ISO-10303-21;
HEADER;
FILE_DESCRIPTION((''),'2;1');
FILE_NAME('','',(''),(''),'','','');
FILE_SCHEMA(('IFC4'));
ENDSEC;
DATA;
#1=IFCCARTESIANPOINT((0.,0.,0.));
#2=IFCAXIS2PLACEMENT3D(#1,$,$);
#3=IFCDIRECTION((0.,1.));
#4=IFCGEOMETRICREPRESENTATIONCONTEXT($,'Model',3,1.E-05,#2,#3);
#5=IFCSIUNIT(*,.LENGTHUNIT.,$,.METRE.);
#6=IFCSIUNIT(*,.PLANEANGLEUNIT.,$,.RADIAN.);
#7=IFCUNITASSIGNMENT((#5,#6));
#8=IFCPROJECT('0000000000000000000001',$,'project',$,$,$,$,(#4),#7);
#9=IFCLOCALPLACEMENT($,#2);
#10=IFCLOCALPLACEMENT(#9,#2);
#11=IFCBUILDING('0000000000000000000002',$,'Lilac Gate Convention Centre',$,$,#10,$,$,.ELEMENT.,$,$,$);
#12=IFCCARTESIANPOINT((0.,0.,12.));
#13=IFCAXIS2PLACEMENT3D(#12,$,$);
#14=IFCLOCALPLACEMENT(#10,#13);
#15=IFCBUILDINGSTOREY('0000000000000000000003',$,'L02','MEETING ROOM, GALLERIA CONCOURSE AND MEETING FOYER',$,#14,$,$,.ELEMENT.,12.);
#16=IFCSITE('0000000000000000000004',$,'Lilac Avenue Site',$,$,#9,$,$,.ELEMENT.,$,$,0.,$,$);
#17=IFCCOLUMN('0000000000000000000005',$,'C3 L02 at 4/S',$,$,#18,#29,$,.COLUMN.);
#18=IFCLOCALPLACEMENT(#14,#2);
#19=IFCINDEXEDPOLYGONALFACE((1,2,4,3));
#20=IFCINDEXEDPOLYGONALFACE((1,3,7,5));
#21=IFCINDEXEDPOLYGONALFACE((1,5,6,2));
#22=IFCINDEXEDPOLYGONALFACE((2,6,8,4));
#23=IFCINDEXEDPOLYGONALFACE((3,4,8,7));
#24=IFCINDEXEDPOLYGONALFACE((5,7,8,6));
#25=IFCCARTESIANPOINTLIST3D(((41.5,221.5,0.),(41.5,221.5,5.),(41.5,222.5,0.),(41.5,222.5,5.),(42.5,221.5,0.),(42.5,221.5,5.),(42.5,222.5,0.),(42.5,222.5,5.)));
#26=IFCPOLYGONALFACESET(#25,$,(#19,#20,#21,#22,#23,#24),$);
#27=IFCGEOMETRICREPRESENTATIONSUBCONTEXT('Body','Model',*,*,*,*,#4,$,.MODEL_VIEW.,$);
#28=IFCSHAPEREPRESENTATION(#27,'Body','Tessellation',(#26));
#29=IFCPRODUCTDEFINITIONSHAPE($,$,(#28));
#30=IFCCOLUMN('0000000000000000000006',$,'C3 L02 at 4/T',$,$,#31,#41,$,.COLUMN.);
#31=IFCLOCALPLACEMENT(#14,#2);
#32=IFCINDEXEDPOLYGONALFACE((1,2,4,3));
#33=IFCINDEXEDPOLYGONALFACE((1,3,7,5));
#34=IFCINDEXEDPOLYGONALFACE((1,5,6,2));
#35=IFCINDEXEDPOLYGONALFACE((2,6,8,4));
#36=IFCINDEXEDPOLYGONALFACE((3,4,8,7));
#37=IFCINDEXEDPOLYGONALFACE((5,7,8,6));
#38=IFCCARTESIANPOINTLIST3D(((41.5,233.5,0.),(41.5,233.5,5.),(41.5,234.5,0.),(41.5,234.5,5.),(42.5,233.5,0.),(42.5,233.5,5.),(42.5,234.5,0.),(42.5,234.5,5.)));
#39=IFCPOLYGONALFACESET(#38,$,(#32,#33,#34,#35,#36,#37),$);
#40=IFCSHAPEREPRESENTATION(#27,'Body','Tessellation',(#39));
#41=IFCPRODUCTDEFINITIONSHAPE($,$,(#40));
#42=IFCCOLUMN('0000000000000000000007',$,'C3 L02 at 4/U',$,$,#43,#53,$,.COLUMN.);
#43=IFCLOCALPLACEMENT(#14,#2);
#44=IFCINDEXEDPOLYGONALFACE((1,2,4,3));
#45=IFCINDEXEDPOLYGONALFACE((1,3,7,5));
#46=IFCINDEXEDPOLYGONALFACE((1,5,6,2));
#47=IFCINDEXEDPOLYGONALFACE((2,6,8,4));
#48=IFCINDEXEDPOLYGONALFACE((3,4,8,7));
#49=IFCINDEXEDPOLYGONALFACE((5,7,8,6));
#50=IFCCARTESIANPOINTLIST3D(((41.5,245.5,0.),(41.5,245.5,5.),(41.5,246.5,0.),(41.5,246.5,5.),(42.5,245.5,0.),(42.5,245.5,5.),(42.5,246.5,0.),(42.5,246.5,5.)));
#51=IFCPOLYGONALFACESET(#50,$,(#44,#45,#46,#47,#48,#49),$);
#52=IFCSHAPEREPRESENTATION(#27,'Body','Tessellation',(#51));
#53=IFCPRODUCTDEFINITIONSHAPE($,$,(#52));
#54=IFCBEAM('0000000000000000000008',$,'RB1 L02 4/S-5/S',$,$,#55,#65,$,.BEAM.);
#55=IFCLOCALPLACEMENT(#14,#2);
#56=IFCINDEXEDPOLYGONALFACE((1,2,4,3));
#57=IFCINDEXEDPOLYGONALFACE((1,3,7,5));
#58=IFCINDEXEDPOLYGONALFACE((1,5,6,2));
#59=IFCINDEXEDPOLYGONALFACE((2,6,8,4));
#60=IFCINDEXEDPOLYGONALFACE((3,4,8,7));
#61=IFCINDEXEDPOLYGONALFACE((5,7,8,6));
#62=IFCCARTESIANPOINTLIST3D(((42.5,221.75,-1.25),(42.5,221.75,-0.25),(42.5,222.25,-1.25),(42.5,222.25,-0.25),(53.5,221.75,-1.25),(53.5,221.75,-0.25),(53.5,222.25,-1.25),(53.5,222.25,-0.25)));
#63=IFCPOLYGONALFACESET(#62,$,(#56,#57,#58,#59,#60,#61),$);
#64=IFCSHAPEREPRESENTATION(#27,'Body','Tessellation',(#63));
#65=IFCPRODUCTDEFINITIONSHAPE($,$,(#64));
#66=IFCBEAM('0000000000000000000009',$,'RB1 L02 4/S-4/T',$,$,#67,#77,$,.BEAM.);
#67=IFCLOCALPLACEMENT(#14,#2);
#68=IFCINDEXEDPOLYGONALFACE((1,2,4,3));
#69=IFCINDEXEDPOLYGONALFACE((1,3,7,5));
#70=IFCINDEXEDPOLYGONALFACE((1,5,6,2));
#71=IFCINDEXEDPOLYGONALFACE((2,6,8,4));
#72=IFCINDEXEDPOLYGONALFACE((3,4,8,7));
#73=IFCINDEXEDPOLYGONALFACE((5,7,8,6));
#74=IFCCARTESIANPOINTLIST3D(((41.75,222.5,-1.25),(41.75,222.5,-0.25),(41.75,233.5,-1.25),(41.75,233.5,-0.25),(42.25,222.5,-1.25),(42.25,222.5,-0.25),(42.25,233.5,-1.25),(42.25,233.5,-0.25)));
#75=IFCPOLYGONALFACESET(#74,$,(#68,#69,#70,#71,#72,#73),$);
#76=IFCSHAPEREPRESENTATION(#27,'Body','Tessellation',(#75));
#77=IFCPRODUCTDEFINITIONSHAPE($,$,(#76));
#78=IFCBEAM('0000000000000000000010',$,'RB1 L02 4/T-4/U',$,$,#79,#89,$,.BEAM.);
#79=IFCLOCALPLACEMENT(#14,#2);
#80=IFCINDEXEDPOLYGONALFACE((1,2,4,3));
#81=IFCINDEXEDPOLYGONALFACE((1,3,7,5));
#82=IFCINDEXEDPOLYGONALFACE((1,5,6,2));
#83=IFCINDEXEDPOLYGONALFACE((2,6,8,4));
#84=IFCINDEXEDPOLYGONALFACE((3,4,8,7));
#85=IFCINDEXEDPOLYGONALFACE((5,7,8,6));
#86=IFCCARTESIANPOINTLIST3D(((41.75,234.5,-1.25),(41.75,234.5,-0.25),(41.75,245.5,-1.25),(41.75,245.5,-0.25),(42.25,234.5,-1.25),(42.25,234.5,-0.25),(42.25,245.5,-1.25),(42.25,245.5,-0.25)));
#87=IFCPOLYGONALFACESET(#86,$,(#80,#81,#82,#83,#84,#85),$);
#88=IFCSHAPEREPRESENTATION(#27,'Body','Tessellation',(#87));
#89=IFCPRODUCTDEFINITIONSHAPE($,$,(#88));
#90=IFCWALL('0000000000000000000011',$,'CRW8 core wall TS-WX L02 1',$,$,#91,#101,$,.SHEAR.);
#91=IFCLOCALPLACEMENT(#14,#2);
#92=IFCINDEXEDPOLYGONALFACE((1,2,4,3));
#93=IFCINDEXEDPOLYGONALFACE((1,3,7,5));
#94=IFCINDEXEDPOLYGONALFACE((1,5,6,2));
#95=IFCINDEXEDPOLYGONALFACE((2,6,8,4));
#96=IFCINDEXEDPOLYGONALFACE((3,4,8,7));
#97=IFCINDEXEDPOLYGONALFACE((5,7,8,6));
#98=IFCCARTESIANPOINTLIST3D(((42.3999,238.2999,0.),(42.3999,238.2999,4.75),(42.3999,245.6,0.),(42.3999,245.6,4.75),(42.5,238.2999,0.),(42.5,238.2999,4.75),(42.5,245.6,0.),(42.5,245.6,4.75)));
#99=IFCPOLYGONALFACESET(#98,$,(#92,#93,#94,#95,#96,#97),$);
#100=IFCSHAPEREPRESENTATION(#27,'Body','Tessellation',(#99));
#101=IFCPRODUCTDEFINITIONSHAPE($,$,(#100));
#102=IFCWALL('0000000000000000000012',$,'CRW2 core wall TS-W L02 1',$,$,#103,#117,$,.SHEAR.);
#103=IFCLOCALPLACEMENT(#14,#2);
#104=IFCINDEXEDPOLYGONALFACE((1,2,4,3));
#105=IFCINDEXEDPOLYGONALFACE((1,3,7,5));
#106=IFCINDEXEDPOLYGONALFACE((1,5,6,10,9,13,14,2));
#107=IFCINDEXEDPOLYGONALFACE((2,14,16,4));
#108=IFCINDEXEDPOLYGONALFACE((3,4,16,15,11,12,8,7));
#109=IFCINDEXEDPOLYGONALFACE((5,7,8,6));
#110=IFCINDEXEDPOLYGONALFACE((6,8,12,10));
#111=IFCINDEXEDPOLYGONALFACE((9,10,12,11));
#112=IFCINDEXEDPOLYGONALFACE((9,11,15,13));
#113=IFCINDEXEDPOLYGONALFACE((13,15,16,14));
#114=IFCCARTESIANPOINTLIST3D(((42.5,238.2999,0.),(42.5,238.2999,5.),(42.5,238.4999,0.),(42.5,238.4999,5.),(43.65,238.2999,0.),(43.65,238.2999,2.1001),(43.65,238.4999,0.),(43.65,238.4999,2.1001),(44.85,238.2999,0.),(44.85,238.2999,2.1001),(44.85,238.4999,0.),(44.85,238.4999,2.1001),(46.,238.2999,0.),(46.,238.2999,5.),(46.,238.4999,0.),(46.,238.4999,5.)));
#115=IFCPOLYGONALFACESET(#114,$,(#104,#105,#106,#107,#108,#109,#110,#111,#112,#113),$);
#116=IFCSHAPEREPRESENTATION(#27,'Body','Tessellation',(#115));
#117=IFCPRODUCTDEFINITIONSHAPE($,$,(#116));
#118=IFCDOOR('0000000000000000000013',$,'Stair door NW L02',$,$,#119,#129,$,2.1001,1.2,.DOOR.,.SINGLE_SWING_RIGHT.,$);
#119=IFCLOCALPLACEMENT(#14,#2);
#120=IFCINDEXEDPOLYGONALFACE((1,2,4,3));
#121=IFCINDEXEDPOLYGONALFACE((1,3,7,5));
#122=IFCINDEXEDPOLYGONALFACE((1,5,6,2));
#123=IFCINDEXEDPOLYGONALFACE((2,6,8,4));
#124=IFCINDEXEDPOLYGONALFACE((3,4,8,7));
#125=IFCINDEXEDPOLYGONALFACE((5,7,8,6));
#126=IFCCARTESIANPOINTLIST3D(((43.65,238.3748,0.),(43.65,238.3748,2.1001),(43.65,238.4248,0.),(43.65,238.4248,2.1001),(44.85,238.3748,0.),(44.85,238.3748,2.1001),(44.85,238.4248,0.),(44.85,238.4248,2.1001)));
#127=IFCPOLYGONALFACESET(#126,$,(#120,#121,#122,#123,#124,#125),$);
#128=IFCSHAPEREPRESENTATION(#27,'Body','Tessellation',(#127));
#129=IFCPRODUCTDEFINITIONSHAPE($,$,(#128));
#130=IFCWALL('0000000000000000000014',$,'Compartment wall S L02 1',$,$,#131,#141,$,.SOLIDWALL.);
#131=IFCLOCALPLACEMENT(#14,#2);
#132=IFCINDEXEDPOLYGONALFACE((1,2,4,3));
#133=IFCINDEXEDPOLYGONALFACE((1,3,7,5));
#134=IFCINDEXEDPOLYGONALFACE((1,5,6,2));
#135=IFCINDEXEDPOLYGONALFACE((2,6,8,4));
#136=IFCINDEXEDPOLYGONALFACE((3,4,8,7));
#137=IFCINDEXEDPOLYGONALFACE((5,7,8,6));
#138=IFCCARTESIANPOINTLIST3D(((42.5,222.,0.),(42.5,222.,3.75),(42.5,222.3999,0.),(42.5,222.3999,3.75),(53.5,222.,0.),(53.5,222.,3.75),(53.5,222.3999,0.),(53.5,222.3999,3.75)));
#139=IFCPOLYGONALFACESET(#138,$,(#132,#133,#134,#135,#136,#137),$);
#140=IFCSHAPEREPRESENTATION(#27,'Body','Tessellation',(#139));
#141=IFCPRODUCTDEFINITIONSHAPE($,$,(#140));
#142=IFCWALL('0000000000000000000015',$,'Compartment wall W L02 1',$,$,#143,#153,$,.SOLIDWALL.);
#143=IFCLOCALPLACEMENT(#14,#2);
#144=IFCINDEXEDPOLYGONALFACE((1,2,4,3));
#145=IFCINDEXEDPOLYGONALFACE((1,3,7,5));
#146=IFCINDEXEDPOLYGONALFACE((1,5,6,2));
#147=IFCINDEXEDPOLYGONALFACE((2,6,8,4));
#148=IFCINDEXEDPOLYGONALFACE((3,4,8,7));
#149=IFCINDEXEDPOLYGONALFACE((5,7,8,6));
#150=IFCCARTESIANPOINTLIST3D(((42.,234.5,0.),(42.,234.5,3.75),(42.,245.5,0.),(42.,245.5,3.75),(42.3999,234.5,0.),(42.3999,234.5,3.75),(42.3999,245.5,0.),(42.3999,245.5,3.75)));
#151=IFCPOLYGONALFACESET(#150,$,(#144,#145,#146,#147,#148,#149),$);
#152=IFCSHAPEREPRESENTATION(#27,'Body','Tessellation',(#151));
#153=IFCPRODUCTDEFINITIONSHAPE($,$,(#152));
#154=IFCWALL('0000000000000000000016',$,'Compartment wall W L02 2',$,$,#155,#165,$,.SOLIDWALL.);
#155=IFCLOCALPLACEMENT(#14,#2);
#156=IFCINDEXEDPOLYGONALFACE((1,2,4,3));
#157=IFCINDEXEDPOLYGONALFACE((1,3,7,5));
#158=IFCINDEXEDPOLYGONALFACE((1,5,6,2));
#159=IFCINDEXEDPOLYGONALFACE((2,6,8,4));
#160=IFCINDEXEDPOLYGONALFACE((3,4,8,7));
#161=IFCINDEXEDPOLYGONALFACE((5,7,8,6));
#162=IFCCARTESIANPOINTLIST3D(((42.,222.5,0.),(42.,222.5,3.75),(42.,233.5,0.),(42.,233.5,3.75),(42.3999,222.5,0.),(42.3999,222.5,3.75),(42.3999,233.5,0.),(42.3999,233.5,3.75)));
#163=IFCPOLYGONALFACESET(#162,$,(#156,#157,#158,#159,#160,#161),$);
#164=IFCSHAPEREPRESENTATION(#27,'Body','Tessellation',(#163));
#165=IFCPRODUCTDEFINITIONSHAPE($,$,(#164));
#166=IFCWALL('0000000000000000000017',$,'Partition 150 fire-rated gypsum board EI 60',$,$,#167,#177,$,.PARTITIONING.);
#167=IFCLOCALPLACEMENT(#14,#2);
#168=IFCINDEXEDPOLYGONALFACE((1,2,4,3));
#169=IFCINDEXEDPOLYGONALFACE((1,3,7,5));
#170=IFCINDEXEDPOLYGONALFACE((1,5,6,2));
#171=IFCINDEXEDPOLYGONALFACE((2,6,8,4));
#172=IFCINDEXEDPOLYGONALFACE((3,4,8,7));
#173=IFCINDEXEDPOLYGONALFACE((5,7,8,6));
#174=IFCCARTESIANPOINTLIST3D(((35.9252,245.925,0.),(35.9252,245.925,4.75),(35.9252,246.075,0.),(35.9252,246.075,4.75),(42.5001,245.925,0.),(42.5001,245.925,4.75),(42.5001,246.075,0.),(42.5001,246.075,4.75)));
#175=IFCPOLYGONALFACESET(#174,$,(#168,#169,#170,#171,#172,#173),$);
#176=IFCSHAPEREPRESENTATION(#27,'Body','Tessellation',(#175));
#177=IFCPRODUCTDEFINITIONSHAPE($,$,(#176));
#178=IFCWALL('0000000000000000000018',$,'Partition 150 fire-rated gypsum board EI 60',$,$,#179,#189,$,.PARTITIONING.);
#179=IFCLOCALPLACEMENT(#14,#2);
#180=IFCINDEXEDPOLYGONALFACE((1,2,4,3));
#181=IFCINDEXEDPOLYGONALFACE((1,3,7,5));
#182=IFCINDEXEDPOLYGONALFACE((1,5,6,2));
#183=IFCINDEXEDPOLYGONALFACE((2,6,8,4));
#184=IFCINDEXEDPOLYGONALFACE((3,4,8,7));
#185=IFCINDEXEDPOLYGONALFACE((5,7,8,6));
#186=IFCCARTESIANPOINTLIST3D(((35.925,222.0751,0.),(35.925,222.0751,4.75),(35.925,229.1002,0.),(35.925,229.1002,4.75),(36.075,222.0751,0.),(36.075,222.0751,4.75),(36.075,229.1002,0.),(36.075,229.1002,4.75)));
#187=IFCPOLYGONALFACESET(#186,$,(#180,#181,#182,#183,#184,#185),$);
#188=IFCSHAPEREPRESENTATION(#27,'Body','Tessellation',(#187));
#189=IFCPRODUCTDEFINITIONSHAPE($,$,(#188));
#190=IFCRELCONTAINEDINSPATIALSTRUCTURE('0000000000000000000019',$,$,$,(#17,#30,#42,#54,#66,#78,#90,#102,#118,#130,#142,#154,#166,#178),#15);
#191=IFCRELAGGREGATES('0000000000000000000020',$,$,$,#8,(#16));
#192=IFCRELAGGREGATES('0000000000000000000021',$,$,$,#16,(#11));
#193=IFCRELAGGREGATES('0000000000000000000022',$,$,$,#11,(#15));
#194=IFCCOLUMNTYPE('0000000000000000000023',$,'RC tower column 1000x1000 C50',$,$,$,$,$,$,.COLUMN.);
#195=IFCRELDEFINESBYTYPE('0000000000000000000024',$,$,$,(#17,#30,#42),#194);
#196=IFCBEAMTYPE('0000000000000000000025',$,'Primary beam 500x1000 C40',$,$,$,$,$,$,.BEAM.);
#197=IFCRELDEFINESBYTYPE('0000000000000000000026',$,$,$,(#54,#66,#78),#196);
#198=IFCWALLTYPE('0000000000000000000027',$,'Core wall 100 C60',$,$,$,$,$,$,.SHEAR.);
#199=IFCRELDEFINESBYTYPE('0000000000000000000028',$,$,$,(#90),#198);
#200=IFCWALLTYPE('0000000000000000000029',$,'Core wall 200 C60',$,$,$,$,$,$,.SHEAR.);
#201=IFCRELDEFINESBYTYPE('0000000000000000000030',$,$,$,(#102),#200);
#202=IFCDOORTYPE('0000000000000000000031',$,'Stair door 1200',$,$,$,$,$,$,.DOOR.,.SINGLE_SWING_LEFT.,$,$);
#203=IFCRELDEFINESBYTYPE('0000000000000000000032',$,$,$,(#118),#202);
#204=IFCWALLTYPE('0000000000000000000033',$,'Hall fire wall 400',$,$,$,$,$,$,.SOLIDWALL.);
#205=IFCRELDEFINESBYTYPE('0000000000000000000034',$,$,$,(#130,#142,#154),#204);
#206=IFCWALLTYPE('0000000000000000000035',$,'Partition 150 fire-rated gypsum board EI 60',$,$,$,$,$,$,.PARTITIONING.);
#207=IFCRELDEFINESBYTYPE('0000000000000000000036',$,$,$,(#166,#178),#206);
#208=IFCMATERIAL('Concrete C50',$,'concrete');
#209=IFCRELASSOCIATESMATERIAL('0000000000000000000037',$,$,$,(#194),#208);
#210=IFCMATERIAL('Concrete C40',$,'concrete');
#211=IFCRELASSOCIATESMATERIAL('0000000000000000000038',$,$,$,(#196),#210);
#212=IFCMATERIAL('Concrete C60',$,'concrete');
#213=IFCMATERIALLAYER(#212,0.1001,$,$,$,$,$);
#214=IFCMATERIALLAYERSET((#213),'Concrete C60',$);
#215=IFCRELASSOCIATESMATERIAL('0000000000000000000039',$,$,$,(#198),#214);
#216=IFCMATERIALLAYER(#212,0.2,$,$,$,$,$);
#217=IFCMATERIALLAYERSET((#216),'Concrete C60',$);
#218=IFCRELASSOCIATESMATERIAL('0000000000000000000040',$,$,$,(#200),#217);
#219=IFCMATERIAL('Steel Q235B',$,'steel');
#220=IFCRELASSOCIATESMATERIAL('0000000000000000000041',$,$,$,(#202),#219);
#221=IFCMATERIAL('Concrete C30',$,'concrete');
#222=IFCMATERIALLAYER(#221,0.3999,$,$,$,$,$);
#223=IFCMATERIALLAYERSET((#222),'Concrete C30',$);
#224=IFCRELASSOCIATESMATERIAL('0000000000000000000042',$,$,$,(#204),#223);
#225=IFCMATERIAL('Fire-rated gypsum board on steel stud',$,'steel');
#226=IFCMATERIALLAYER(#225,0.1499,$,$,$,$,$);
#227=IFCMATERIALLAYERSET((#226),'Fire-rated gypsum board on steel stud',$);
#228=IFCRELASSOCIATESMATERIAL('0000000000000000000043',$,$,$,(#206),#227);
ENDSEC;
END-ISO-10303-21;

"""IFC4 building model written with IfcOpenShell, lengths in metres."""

from ifc_helpers import new_model, si_unit, direction, frame, frame_2d, origin, origin_2d, place, context, subcontext, project, spatial, rectangle, extrude, material, layer, layer_set, material_profile, profile_set, type_object, element, fill, save


model = new_model("IFC4")

# Units and contexts
model_context = context("Model", 3, precision=1e-05, world=origin(), true_north=direction((0.0, 1.0)))
body_context = subcontext(model_context, "Body", "Model", "MODEL_VIEW")
ifc_project = project(units=[si_unit("LENGTHUNIT", "METRE"), si_unit("PLANEANGLEUNIT", "RADIAN")], contexts=[model_context])

# Site, building, storey
site_placement = place(None, origin())
site = spatial("IfcSite", under=ifc_project, at=site_placement, Name="Lilac Avenue Site", CompositionType="ELEMENT", RefElevation=0.0)
building_placement = place(site_placement, origin())
building = spatial("IfcBuilding", under=site, at=building_placement, Name="Lilac Gate Convention Centre", CompositionType="ELEMENT")
storey_placement = place(building_placement, frame((0.0, 0.0, 12.0)))
storey = spatial("IfcBuildingStorey", under=building, at=storey_placement, Name="L02", Description="MEETING ROOM, GALLERIA CONCOURSE AND MEETING FOYER", CompositionType="ELEMENT", Elevation=12.0)

# Columns
ifc_material_1 = material(Name="Concrete C50", Category="concrete")
ifc_material_profile_1 = material_profile(ifc_material_1, rectangle(XDim=1.0, YDim=1.0, at=origin_2d()), Name="RC 1000x1000")
ifc_profile_set_1 = profile_set([ifc_material_profile_1], Name="Concrete C50")
column_type = type_object("IfcColumnType", Name="RC tower column 1000x1000 C50", PredefinedType="COLUMN", material=ifc_profile_set_1)
for number, where, z_axis, x_axis, name in (
    (1, (42.0, 222.0, 0.0), (0.0, 0.0, 1.0), (1.0, 0.0, 0.0), "C3 L02 at 4/S"),
    (2, (42.0, 234.0, 0.0), (0.0, 0.0, 1.0), (1.0, 0.0, 0.0), "C3 L02 at 4/T"),
    (3, (42.0, 246.0, 0.0), (0.0, 0.0, 1.0), (1.0, 0.0, 0.0), "C3 L02 at 4/U"),
):
    element("IfcColumn", number, at=place(storey_placement, frame(where, z_axis=z_axis, x_axis=x_axis)), inside=storey, type_object=column_type, Name=name, PredefinedType="COLUMN", context=body_context, shape_type="SweptSolid", body=[
        extrude(rectangle(XDim=1.0, YDim=1.0, at=origin_2d()), origin(), (0.0, 0.0, 1.0), 5.0),
    ])

# Beams
ifc_material_2 = material(Name="Concrete C40", Category="concrete")
ifc_material_profile_2 = material_profile(ifc_material_2, rectangle(XDim=0.5, YDim=1.0, at=origin_2d()), Name="RC 500x1000")
ifc_profile_set_2 = profile_set([ifc_material_profile_2], Name="Concrete C40")
beam_type = type_object("IfcBeamType", Name="Primary beam 500x1000 C40", PredefinedType="BEAM", material=ifc_profile_set_2)
for number, where, z_axis, x_axis, name in (
    (4, (42.5, 222.0, -0.75), (1.0, 0.0, 0.0), (0.0, 1.0, 0.0), "RB1 L02 4/S-5/S"),
    (5, (42.0, 222.5, -0.75), (0.0, 1.0, 0.0), (-1.0, 0.0, 0.0), "RB1 L02 4/S-4/T"),
    (6, (42.0, 234.5, -0.75), (0.0, 1.0, 0.0), (-1.0, 0.0, 0.0), "RB1 L02 4/T-4/U"),
):
    element("IfcBeam", number, at=place(storey_placement, frame(where, z_axis=z_axis, x_axis=x_axis)), inside=storey, type_object=beam_type, Name=name, PredefinedType="BEAM", context=body_context, shape_type="SweptSolid", body=[
        extrude(rectangle(XDim=0.5, YDim=1.0, at=origin_2d()), origin(), (0.0, 0.0, 1.0), 11.0),
    ])

# Wall
ifc_material_3 = material(Name="Concrete C60", Category="concrete")
ifc_layer_1 = layer(ifc_material_3, 0.1001)
ifc_layer_set_1 = layer_set([ifc_layer_1], Name="Concrete C60")
wall_type_1 = type_object("IfcWallType", Name="Core wall 100 C60", PredefinedType="SHEAR", material=ifc_layer_set_1)
wall_1_placement = place(storey_placement, frame((42.45, 238.3, 0.0), z_axis=(0.0, 0.0, 1.0), x_axis=(0.0, 1.0, 0.0)))
element("IfcWall", 7, at=wall_1_placement, inside=storey, type_object=wall_type_1, Name="CRW8 core wall TS-WX L02 1", PredefinedType="SHEAR", context=body_context, shape_type="SweptSolid", body=[
    extrude(rectangle(XDim=7.3, YDim=0.1001, at=frame_2d((3.6499, 0.0))), origin(), (0.0, 0.0, 1.0), 4.75),
])

# Wall, opening, door
ifc_layer_2 = layer(ifc_material_3, 0.2)
ifc_layer_set_2 = layer_set([ifc_layer_2], Name="Concrete C60")
wall_type_2 = type_object("IfcWallType", Name="Core wall 200 C60", PredefinedType="SHEAR", material=ifc_layer_set_2)
wall_2_placement = place(storey_placement, frame((42.5, 238.3999, 0.0), z_axis=(0.0, 0.0, 1.0), x_axis=(1.0, 0.0, 0.0)))
wall_2 = element("IfcWall", 8, at=wall_2_placement, inside=storey, type_object=wall_type_2, Name="CRW2 core wall TS-W L02 1", PredefinedType="SHEAR", context=body_context, shape_type="SweptSolid", body=[
    extrude(rectangle(XDim=3.5, YDim=0.2, at=frame_2d((1.75, 0.0))), origin(), (0.0, 0.0, 1.0), 5.0),
])
opening_1_placement = place(wall_2_placement, frame((1.1499, 0.0, 0.0)))
opening_1 = element("IfcOpeningElement", 9, at=opening_1_placement, cuts=wall_2, PredefinedType="OPENING", context=body_context, shape_type="SweptSolid", body=[
    extrude(rectangle(XDim=1.2, YDim=2.1001, at=frame_2d((0.6001, 1.05))), frame((0.0, 0.1099, 0.0), z_axis=(0.0, -1.0, 0.0), x_axis=(1.0, 0.0, 0.0)), (0.0, 0.0, 1.0), 0.22),
])
ifc_material_4 = material(Name="Steel Q235B", Category="steel")
door_type_1 = type_object("IfcDoorType", Name="Stair door 1200", OperationType="SINGLE_SWING_LEFT", PredefinedType="DOOR", material=ifc_material_4)
door_1_placement = place(opening_1_placement, origin())
door_1 = element("IfcDoor", 10, at=door_1_placement, inside=storey, type_object=door_type_1, Name="Stair door NW L02", OperationType="SINGLE_SWING_RIGHT", OverallHeight=2.1001, OverallWidth=1.2, PredefinedType="DOOR", context=body_context, shape_type="SweptSolid", body=[
    extrude(rectangle(XDim=1.2, YDim=2.1001, at=frame_2d((0.6001, 1.05))), frame((0.0, 0.0249, 0.0), z_axis=(0.0, -1.0, 0.0), x_axis=(1.0, 0.0, 0.0)), (0.0, 0.0, 1.0), 0.05),
])
fill(opening_1, door_1)

# Walls
ifc_material_5 = material(Name="Concrete C30", Category="concrete")
ifc_layer_3 = layer(ifc_material_5, 0.3999)
ifc_layer_set_3 = layer_set([ifc_layer_3], Name="Concrete C30")
wall_type_3 = type_object("IfcWallType", Name="Hall fire wall 400", PredefinedType="SOLIDWALL", material=ifc_layer_set_3)
for number, where, z_axis, x_axis, name in (
    (11, (42.5, 222.2, 0.0), (0.0, 0.0, 1.0), (1.0, 0.0, 0.0), "Compartment wall S L02 1"),
    (12, (42.2, 245.5, 0.0), (0.0, 0.0, 1.0), (0.0, -1.0, 0.0), "Compartment wall W L02 1"),
    (13, (42.2, 233.5, 0.0), (0.0, 0.0, 1.0), (0.0, -1.0, 0.0), "Compartment wall W L02 2"),
):
    element("IfcWall", number, at=place(storey_placement, frame(where, z_axis=z_axis, x_axis=x_axis)), inside=storey, type_object=wall_type_3, Name=name, PredefinedType="SOLIDWALL", context=body_context, shape_type="SweptSolid", body=[
        extrude(rectangle(XDim=11.0, YDim=0.3999, at=frame_2d((5.5, 0.0))), origin(), (0.0, 0.0, 1.0), 3.75),
    ])
ifc_material_6 = material(Name="Fire-rated gypsum board on steel stud", Category="steel")
ifc_layer_4 = layer(ifc_material_6, 0.1499)
ifc_layer_set_4 = layer_set([ifc_layer_4], Name="Fire-rated gypsum board on steel stud")
wall_type_4 = type_object("IfcWallType", Name="Partition 150 fire-rated gypsum board EI 60", PredefinedType="PARTITIONING", material=ifc_layer_set_4)
wall_3_placement = place(storey_placement, frame((35.925, 246.0, 0.0), z_axis=(0.0, 0.0, 1.0), x_axis=(1.0, 0.0, 0.0)))
element("IfcWall", 14, at=wall_3_placement, inside=storey, type_object=wall_type_4, Name="Partition 150 fire-rated gypsum board EI 60", PredefinedType="PARTITIONING", context=body_context, shape_type="SweptSolid", body=[
    extrude(rectangle(XDim=6.575, YDim=0.1499, at=frame_2d((3.2876, 0.0))), origin(), (0.0, 0.0, 1.0), 4.75),
])
wall_4_placement = place(storey_placement, frame((36.0, 222.075, 0.0), z_axis=(0.0, 0.0, 1.0), x_axis=(0.0, 1.0, 0.0)))
element("IfcWall", 15, at=wall_4_placement, inside=storey, type_object=wall_type_4, Name="Partition 150 fire-rated gypsum board EI 60", PredefinedType="PARTITIONING", context=body_context, shape_type="SweptSolid", body=[
    extrude(rectangle(XDim=7.0251, YDim=0.1499, at=frame_2d((3.5127, 0.0))), origin(), (0.0, 0.0, 1.0), 4.75),
])

save(model, "model.ifc")
